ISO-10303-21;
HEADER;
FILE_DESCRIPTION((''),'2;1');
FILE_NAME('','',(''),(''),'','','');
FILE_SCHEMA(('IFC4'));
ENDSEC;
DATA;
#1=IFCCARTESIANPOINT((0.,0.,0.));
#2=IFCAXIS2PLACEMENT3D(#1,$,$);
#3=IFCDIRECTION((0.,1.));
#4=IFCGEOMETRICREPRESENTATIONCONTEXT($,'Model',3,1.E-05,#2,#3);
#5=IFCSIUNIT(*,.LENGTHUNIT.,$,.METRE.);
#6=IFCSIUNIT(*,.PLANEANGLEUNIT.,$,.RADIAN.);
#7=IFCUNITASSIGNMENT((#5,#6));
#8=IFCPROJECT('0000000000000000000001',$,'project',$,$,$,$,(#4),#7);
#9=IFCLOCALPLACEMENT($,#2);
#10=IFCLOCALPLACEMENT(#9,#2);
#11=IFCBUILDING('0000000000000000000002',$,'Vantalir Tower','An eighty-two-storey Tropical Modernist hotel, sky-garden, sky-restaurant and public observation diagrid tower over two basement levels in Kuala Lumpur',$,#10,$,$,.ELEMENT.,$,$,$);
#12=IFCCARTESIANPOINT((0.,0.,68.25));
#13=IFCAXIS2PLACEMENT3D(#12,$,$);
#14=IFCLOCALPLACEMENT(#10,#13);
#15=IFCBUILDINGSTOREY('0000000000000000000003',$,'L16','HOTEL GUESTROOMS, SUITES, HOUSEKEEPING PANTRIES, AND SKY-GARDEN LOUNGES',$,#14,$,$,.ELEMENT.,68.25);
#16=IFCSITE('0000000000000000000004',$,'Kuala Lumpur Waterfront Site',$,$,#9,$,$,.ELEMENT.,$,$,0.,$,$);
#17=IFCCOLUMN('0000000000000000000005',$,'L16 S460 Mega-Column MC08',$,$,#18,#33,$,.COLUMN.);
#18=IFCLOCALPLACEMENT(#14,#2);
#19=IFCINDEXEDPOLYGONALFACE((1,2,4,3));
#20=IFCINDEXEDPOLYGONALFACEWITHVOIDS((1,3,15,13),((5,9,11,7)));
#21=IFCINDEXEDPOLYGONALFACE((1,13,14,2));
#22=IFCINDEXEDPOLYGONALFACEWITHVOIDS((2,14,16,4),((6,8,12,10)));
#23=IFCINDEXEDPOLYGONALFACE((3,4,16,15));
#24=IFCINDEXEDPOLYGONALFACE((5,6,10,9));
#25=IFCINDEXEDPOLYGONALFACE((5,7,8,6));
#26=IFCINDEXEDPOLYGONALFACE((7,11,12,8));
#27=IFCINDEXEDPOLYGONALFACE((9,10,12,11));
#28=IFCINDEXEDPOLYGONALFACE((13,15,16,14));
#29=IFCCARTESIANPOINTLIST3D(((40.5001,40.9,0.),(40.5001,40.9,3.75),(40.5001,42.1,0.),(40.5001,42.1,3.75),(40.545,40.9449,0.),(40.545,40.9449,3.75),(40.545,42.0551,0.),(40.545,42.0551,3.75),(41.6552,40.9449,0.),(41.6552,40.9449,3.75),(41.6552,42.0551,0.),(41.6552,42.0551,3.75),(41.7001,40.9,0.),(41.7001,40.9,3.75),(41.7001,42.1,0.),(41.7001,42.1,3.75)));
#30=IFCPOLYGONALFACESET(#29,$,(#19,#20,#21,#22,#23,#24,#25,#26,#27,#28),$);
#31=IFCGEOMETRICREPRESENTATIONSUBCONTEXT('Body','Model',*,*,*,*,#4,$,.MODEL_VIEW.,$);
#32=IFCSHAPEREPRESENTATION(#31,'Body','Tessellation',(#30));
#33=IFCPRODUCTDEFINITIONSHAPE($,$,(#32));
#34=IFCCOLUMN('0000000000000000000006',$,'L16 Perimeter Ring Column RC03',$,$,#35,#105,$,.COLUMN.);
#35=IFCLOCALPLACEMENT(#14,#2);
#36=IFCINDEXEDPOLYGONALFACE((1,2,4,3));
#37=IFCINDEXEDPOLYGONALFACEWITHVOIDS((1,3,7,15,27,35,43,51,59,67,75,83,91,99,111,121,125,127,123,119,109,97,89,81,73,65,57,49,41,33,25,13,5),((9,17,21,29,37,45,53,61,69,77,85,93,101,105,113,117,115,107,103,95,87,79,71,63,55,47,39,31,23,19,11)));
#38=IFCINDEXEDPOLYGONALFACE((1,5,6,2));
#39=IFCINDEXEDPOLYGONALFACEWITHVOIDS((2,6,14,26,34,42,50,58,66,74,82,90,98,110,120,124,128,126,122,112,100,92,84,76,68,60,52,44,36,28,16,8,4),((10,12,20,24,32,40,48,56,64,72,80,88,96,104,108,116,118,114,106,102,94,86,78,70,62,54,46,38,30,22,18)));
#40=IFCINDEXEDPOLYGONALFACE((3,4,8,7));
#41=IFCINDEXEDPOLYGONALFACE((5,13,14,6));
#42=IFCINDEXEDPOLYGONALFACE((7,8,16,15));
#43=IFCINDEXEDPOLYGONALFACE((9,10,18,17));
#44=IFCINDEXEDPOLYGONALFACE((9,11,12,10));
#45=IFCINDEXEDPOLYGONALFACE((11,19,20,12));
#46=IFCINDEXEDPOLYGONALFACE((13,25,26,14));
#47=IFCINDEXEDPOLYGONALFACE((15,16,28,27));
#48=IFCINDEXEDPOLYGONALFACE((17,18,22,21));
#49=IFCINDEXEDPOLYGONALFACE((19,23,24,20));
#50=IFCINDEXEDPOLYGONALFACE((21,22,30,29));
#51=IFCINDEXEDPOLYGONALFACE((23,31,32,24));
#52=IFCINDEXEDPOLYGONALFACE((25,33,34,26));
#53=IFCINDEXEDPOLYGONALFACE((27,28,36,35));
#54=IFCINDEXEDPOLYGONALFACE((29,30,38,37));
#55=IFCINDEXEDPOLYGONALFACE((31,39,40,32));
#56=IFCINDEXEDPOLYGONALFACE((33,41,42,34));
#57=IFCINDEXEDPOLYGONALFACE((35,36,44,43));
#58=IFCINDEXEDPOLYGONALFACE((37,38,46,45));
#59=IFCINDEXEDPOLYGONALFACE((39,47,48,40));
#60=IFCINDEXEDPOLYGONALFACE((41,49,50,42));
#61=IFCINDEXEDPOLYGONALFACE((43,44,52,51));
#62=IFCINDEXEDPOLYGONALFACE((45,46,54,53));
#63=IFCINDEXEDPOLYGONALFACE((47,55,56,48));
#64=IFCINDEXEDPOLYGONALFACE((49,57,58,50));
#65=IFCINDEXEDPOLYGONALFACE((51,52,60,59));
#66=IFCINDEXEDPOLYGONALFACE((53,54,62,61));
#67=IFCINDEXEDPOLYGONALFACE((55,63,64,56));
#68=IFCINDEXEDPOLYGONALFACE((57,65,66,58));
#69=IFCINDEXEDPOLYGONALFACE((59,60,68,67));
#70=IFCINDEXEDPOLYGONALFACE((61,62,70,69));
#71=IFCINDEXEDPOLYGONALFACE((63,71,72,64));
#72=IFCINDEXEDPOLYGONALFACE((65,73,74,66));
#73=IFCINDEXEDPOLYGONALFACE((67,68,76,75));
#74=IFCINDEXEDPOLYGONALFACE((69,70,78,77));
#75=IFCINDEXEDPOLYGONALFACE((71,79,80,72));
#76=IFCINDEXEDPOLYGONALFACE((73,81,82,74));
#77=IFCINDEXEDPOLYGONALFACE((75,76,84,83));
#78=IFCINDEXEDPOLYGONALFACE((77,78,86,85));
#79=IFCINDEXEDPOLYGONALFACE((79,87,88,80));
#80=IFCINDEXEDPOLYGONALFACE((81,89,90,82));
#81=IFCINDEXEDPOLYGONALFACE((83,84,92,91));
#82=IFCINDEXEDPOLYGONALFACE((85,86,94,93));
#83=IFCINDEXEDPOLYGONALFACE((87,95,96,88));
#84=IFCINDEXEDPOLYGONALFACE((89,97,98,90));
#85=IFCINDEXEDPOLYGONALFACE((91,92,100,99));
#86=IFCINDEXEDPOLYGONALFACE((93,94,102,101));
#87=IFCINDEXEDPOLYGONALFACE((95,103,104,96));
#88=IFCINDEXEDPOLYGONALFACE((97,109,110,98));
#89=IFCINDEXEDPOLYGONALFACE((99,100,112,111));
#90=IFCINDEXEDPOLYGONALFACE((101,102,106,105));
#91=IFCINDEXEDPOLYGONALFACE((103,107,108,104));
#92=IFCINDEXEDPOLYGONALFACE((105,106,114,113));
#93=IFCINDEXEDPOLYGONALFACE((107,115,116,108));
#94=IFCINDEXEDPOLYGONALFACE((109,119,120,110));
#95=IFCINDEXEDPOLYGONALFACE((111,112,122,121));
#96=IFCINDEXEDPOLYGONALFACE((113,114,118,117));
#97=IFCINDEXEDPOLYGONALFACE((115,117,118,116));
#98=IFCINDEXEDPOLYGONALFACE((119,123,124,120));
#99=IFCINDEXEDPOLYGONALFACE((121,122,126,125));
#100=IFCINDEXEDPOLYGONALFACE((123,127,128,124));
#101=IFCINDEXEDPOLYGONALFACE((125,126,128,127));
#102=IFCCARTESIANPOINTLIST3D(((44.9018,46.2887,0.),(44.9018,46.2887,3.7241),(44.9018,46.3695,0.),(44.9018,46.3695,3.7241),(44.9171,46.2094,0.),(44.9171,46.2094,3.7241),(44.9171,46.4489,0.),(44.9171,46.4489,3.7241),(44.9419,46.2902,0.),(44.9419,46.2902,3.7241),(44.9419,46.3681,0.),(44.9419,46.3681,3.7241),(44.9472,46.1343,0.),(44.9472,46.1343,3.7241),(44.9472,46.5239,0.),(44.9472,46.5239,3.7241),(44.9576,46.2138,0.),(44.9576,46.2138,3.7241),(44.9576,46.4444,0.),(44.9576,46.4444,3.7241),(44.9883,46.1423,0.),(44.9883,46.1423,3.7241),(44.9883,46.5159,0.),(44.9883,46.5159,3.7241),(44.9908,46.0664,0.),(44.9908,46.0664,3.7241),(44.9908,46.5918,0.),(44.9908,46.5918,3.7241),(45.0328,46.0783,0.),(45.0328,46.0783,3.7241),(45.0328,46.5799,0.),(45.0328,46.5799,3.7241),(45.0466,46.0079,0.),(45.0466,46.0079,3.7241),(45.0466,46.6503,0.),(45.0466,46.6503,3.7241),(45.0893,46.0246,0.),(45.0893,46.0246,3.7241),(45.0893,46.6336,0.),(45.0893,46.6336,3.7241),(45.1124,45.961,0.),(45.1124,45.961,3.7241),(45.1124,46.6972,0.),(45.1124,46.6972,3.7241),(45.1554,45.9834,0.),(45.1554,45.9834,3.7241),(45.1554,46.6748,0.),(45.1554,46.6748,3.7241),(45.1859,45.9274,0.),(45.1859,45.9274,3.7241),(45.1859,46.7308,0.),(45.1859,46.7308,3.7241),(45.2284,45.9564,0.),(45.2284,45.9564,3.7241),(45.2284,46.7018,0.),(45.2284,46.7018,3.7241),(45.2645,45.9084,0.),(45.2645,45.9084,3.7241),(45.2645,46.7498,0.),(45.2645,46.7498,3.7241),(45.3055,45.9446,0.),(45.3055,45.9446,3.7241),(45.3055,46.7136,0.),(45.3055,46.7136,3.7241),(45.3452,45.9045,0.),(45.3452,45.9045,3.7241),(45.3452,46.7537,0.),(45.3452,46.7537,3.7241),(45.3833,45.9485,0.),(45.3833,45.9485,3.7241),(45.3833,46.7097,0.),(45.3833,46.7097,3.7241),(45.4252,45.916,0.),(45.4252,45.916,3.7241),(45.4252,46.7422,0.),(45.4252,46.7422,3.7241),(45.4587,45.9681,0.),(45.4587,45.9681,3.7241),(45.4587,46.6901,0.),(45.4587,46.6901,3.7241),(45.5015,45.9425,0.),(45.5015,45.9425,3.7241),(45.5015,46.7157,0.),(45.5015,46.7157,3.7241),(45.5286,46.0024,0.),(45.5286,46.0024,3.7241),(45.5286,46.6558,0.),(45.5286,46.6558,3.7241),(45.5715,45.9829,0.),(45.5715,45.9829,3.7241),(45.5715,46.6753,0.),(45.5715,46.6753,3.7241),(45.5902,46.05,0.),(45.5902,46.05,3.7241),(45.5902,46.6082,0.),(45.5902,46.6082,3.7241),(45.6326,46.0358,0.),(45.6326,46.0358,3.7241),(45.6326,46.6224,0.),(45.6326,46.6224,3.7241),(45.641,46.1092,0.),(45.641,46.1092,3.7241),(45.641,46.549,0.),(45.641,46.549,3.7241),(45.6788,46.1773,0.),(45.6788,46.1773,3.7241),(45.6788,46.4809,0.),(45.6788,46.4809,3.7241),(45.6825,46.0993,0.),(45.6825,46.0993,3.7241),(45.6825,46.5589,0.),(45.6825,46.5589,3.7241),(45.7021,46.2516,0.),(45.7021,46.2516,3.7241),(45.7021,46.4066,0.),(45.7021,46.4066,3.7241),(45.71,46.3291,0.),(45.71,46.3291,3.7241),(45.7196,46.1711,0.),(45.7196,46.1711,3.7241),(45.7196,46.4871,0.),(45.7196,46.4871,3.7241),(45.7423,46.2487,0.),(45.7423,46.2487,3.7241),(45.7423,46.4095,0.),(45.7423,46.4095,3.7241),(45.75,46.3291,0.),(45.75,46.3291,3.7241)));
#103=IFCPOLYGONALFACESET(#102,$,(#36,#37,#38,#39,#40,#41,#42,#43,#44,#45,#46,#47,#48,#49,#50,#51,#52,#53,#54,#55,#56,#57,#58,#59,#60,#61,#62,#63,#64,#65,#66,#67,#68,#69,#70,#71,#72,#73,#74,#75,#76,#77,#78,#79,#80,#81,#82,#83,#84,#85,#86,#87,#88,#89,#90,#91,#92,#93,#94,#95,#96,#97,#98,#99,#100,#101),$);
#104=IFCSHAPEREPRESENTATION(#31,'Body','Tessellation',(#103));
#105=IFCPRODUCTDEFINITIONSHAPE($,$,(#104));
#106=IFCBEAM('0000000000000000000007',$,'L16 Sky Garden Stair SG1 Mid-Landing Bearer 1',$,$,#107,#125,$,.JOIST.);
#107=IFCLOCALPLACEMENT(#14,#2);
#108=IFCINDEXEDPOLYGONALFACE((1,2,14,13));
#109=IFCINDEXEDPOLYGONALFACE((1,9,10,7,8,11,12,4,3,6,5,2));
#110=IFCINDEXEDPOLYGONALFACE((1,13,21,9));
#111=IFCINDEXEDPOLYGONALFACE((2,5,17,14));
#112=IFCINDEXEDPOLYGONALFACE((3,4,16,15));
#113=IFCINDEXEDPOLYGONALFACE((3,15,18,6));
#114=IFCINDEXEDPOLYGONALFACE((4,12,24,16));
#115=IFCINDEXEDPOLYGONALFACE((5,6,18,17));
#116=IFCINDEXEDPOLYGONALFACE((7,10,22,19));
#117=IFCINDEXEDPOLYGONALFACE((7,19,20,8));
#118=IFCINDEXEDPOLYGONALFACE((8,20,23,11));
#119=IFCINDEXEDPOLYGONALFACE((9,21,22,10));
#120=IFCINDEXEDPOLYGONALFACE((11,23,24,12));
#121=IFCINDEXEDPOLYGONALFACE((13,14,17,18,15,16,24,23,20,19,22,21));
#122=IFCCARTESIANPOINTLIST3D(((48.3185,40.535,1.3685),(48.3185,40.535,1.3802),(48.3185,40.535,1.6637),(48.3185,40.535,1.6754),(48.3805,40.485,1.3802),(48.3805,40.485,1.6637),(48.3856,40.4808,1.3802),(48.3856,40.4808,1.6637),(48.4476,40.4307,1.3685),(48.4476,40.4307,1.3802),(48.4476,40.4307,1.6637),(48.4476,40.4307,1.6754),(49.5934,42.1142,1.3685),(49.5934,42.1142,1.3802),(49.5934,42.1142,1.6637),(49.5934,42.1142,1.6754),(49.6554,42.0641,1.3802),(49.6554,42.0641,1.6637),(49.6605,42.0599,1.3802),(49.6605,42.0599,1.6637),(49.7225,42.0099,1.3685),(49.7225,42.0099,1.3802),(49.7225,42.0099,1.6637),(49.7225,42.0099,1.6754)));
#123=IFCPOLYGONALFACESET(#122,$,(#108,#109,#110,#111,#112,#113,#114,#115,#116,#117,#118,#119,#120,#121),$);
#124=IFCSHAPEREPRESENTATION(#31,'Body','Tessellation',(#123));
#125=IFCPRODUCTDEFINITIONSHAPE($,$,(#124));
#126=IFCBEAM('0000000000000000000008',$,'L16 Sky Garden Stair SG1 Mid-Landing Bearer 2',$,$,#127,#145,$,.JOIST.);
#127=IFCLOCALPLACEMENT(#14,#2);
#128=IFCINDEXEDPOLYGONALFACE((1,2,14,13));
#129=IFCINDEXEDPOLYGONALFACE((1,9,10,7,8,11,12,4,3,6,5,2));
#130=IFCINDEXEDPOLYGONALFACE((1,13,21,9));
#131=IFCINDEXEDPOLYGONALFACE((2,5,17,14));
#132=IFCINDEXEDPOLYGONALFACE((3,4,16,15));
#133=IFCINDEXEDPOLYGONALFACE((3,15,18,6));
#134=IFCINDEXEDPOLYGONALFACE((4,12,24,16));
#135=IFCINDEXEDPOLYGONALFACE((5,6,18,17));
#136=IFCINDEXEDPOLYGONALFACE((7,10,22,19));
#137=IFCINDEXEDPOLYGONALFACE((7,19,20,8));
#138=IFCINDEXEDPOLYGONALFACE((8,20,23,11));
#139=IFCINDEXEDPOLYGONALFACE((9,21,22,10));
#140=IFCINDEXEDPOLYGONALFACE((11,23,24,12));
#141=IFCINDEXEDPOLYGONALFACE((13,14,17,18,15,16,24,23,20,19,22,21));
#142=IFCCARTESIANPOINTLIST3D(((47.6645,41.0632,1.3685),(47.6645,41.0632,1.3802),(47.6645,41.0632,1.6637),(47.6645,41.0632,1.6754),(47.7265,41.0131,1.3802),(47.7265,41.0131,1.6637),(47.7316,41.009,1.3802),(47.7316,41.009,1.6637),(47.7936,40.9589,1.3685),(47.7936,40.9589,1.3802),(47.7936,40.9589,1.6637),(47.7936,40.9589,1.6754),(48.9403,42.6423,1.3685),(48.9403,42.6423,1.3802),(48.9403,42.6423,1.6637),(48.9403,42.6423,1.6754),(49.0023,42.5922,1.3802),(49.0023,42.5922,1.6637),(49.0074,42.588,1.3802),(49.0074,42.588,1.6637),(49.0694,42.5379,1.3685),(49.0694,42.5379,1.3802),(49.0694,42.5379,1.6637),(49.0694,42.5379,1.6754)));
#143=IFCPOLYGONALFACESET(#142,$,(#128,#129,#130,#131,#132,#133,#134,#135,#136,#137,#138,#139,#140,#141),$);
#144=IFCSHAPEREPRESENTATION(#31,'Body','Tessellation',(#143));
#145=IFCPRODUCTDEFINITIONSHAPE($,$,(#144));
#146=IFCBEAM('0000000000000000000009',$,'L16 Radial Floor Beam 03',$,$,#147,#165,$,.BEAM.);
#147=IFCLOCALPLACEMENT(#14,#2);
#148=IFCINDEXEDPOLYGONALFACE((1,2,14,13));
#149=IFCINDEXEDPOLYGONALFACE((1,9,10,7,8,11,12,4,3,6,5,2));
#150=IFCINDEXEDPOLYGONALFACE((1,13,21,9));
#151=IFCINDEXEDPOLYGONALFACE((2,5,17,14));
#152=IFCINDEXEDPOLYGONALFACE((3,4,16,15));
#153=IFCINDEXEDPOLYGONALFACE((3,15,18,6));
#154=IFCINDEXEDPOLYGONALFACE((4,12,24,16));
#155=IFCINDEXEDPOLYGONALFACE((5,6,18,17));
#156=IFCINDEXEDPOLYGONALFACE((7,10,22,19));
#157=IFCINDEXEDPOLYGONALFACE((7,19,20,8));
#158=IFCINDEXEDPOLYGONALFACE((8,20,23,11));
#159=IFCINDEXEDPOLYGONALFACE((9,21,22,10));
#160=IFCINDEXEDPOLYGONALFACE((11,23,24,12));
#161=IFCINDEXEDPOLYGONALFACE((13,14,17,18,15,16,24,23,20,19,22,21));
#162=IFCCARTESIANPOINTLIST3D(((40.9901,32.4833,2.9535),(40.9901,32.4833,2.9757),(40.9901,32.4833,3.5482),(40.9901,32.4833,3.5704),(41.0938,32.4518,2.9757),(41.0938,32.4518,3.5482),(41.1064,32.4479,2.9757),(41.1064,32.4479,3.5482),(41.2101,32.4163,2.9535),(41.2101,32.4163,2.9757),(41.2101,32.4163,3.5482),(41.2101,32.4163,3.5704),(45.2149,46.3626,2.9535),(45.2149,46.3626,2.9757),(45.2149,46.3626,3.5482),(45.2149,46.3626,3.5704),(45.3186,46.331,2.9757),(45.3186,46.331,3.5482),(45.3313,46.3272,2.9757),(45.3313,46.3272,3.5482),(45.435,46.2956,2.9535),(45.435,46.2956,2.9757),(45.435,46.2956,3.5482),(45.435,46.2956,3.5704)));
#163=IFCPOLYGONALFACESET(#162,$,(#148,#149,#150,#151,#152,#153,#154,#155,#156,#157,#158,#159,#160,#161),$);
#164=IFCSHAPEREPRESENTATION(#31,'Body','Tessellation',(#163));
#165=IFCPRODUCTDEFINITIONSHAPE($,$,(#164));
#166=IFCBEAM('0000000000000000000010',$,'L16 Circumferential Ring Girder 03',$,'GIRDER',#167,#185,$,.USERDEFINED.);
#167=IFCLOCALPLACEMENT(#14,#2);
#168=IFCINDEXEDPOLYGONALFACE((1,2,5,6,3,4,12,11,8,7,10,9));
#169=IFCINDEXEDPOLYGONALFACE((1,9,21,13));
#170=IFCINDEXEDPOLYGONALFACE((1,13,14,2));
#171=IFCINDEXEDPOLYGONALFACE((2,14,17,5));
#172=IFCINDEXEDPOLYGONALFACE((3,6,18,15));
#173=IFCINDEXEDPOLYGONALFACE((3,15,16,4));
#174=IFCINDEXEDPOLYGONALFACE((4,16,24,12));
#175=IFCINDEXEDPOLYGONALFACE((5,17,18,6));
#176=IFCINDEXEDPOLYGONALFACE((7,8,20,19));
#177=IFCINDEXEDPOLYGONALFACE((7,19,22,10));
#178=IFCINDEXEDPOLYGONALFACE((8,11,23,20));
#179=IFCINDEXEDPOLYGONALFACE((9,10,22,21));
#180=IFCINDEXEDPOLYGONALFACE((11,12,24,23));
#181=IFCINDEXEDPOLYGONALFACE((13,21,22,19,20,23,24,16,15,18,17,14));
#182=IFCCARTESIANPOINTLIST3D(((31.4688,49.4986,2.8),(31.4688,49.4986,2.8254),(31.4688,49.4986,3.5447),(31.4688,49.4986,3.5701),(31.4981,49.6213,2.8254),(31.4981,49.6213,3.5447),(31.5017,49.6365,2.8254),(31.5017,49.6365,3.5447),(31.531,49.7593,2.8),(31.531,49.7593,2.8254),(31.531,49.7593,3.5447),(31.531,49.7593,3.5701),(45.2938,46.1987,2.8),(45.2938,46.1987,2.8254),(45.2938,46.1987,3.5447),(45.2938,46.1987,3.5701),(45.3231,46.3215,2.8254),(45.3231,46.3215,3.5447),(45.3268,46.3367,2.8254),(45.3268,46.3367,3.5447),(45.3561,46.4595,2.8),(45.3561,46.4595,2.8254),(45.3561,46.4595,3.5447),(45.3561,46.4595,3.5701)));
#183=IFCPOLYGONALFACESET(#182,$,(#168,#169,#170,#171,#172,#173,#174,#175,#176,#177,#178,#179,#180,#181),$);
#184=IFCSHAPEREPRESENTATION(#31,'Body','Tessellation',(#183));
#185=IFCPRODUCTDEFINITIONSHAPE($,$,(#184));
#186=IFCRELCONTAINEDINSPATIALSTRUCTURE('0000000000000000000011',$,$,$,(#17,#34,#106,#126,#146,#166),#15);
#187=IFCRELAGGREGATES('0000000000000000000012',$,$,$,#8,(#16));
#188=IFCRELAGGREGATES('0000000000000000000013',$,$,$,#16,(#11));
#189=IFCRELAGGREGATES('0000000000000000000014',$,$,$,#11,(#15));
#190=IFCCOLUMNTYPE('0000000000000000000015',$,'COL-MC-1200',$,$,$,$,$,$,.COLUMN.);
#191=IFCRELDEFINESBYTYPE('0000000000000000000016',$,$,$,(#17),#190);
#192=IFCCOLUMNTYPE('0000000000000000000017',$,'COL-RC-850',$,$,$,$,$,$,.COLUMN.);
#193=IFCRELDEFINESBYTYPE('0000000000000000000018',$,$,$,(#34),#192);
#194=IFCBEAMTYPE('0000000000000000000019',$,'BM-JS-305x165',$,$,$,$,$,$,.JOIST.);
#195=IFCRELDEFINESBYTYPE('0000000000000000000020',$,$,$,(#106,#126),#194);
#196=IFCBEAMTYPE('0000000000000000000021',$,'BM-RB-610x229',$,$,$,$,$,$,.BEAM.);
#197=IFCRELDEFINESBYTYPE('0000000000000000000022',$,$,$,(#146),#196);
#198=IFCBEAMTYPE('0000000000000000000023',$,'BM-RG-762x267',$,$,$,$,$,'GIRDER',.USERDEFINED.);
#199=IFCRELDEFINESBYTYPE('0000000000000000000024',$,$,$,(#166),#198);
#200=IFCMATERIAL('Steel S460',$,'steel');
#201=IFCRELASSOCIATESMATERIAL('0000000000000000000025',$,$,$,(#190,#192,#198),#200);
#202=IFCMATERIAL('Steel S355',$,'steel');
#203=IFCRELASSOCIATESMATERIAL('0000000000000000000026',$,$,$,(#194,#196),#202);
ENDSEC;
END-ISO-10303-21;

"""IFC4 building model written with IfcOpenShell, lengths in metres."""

from ifc_helpers import new_model, si_unit, direction, frame, origin, origin_2d, place, context, subcontext, project, spatial, hollow_rectangle, hollow_circle, i_section, extrude, material, material_profile, profile_set, type_object, element, save


model = new_model("IFC4")

# Units and contexts
model_context = context("Model", 3, precision=1e-05, world=origin(), true_north=direction((0.0, 1.0)))
body_context = subcontext(model_context, "Body", "Model", "MODEL_VIEW")
ifc_project = project(units=[si_unit("LENGTHUNIT", "METRE"), si_unit("PLANEANGLEUNIT", "RADIAN")], contexts=[model_context])

# Site, building, storey
site_placement = place(None, origin())
site = spatial("IfcSite", under=ifc_project, at=site_placement, Name="Kuala Lumpur Waterfront Site", CompositionType="ELEMENT", RefElevation=0.0)
building_placement = place(site_placement, origin())
building = spatial("IfcBuilding", under=site, at=building_placement, Name="Vantalir Tower", Description="An eighty-two-storey Tropical Modernist hotel, sky-garden, sky-restaurant and public observation diagrid tower over two basement levels in Kuala Lumpur", CompositionType="ELEMENT")
storey_placement = place(building_placement, frame((0.0, 0.0, 68.25)))
storey = spatial("IfcBuildingStorey", under=building, at=storey_placement, Name="L16", Description="HOTEL GUESTROOMS, SUITES, HOUSEKEEPING PANTRIES, AND SKY-GARDEN LOUNGES", CompositionType="ELEMENT", Elevation=68.25)

# Columns
ifc_material_1 = material(Name="Steel S460", Category="steel")
ifc_material_profile_1 = material_profile(ifc_material_1, hollow_rectangle(XDim=1.2, YDim=1.2, WallThickness=0.0449, at=origin_2d()), Name="Steel S460")
ifc_profile_set_1 = profile_set([ifc_material_profile_1], Name="Steel S460")
column_type_1 = type_object("IfcColumnType", Name="COL-MC-1200", PredefinedType="COLUMN", material=ifc_profile_set_1)
column_1_placement = place(storey_placement, frame((41.1001, 41.5, 0.0), z_axis=(0.0, 0.0, 1.0), x_axis=(1.0, 0.0, 0.0)))
element("IfcColumn", 1, at=column_1_placement, inside=storey, type_object=column_type_1, Name="L16 S460 Mega-Column MC08", PredefinedType="COLUMN", context=body_context, shape_type="SweptSolid", body=[
    extrude(hollow_rectangle(XDim=1.2, YDim=1.2, WallThickness=0.0449, at=origin_2d()), origin(), (0.0, 0.0, 1.0), 3.75),
])
ifc_material_profile_2 = material_profile(ifc_material_1, hollow_circle(Radius=0.425, WallThickness=0.04, at=origin_2d()), Name="Steel S460")
ifc_profile_set_2 = profile_set([ifc_material_profile_2], Name="Steel S460")
column_type_2 = type_object("IfcColumnType", Name="COL-RC-850", PredefinedType="COLUMN", material=ifc_profile_set_2)
column_2_placement = place(storey_placement, frame((45.325, 46.3291, 0.0), z_axis=(0.0, 0.0, 1.0), x_axis=(1.0, 0.0, 0.0)))
element("IfcColumn", 2, at=column_2_placement, inside=storey, type_object=column_type_2, Name="L16 Perimeter Ring Column RC03", PredefinedType="COLUMN", context=body_context, shape_type="SweptSolid", body=[
    extrude(hollow_circle(Radius=0.425, WallThickness=0.04, at=origin_2d()), origin(), (0.0, 0.0, 1.0), 3.7241),
])

# Beams
ifc_material_2 = material(Name="Steel S355", Category="steel")
ifc_material_profile_3 = material_profile(ifc_material_2, i_section(OverallWidth=0.166, OverallDepth=0.3069, WebThickness=0.0066, FlangeThickness=0.0117, at=origin_2d()), Name="Steel S355")
ifc_profile_set_3 = profile_set([ifc_material_profile_3], Name="Steel S355")
beam_type_1 = type_object("IfcBeamType", Name="BM-JS-305x165", PredefinedType="JOIST", material=ifc_profile_set_3)
beam_1_placement = place(storey_placement, frame((49.658, 42.062, 1.522), z_axis=(-0.62818, -0.778068, 0.0), x_axis=(0.778068, -0.62818, 0.0)))
element("IfcBeam", 3, at=beam_1_placement, inside=storey, type_object=beam_type_1, Name="L16 Sky Garden Stair SG1 Mid-Landing Bearer 1", PredefinedType="JOIST", context=body_context, shape_type="SweptSolid", body=[
    extrude(i_section(OverallWidth=0.166, OverallDepth=0.3069, WebThickness=0.0066, FlangeThickness=0.0117, at=origin_2d()), origin(), (0.0, 0.0, 1.0), 2.0295),
])
beam_2_placement = place(storey_placement, frame((49.0049, 42.5901, 1.522), z_axis=(-0.628471, -0.777833, 0.0), x_axis=(0.777833, -0.628471, 0.0)))
element("IfcBeam", 4, at=beam_2_placement, inside=storey, type_object=beam_type_1, Name="L16 Sky Garden Stair SG1 Mid-Landing Bearer 2", PredefinedType="JOIST", context=body_context, shape_type="SweptSolid", body=[
    extrude(i_section(OverallWidth=0.166, OverallDepth=0.3069, WebThickness=0.0066, FlangeThickness=0.0117, at=origin_2d()), origin(), (0.0, 0.0, 1.0), 2.03),
])
ifc_material_profile_4 = material_profile(ifc_material_2, i_section(OverallWidth=0.23, OverallDepth=0.6169, WebThickness=0.0132, FlangeThickness=0.0222, at=origin_2d()), Name="Steel S355")
ifc_profile_set_4 = profile_set([ifc_material_profile_4], Name="Steel S355")
beam_type_2 = type_object("IfcBeamType", Name="BM-RB-610x229", PredefinedType="BEAM", material=ifc_profile_set_4)
beam_3_placement = place(storey_placement, frame((45.325, 46.3291, 3.262), z_axis=(-0.29121, -0.956659, 0.0), x_axis=(0.956659, -0.29121, 0.0)))
element("IfcBeam", 5, at=beam_3_placement, inside=storey, type_object=beam_type_2, Name="L16 Radial Floor Beam 03", PredefinedType="BEAM", context=body_context, shape_type="SweptSolid", body=[
    extrude(i_section(OverallWidth=0.23, OverallDepth=0.6169, WebThickness=0.0132, FlangeThickness=0.0222, at=origin_2d()), origin(), (0.0, 0.0, 1.0), 14.5081),
])
ifc_material_profile_5 = material_profile(ifc_material_1, i_section(OverallWidth=0.2681, OverallDepth=0.77, WebThickness=0.0156, FlangeThickness=0.0254, at=origin_2d()), Name="Steel S460")
ifc_profile_set_5 = profile_set([ifc_material_profile_5], Name="Steel S460")
beam_type_3 = type_object("IfcBeamType", Name="BM-RG-762x267", ElementType="GIRDER", PredefinedType="USERDEFINED", material=ifc_profile_set_5)
beam_4_placement = place(storey_placement, frame((45.325, 46.3291, 3.1851), z_axis=(-0.972677, 0.232163, 0.0), x_axis=(-0.232163, -0.972677, 0.0)))
element("IfcBeam", 6, at=beam_4_placement, inside=storey, type_object=beam_type_3, Name="L16 Circumferential Ring Girder 03", ObjectType="GIRDER", PredefinedType="USERDEFINED", context=body_context, shape_type="SweptSolid", body=[
    extrude(i_section(OverallWidth=0.2681, OverallDepth=0.77, WebThickness=0.0156, FlangeThickness=0.0254, at=origin_2d()), origin(), (0.0, 0.0, 1.0), 14.2134),
])

save(model, "model.ifc")
